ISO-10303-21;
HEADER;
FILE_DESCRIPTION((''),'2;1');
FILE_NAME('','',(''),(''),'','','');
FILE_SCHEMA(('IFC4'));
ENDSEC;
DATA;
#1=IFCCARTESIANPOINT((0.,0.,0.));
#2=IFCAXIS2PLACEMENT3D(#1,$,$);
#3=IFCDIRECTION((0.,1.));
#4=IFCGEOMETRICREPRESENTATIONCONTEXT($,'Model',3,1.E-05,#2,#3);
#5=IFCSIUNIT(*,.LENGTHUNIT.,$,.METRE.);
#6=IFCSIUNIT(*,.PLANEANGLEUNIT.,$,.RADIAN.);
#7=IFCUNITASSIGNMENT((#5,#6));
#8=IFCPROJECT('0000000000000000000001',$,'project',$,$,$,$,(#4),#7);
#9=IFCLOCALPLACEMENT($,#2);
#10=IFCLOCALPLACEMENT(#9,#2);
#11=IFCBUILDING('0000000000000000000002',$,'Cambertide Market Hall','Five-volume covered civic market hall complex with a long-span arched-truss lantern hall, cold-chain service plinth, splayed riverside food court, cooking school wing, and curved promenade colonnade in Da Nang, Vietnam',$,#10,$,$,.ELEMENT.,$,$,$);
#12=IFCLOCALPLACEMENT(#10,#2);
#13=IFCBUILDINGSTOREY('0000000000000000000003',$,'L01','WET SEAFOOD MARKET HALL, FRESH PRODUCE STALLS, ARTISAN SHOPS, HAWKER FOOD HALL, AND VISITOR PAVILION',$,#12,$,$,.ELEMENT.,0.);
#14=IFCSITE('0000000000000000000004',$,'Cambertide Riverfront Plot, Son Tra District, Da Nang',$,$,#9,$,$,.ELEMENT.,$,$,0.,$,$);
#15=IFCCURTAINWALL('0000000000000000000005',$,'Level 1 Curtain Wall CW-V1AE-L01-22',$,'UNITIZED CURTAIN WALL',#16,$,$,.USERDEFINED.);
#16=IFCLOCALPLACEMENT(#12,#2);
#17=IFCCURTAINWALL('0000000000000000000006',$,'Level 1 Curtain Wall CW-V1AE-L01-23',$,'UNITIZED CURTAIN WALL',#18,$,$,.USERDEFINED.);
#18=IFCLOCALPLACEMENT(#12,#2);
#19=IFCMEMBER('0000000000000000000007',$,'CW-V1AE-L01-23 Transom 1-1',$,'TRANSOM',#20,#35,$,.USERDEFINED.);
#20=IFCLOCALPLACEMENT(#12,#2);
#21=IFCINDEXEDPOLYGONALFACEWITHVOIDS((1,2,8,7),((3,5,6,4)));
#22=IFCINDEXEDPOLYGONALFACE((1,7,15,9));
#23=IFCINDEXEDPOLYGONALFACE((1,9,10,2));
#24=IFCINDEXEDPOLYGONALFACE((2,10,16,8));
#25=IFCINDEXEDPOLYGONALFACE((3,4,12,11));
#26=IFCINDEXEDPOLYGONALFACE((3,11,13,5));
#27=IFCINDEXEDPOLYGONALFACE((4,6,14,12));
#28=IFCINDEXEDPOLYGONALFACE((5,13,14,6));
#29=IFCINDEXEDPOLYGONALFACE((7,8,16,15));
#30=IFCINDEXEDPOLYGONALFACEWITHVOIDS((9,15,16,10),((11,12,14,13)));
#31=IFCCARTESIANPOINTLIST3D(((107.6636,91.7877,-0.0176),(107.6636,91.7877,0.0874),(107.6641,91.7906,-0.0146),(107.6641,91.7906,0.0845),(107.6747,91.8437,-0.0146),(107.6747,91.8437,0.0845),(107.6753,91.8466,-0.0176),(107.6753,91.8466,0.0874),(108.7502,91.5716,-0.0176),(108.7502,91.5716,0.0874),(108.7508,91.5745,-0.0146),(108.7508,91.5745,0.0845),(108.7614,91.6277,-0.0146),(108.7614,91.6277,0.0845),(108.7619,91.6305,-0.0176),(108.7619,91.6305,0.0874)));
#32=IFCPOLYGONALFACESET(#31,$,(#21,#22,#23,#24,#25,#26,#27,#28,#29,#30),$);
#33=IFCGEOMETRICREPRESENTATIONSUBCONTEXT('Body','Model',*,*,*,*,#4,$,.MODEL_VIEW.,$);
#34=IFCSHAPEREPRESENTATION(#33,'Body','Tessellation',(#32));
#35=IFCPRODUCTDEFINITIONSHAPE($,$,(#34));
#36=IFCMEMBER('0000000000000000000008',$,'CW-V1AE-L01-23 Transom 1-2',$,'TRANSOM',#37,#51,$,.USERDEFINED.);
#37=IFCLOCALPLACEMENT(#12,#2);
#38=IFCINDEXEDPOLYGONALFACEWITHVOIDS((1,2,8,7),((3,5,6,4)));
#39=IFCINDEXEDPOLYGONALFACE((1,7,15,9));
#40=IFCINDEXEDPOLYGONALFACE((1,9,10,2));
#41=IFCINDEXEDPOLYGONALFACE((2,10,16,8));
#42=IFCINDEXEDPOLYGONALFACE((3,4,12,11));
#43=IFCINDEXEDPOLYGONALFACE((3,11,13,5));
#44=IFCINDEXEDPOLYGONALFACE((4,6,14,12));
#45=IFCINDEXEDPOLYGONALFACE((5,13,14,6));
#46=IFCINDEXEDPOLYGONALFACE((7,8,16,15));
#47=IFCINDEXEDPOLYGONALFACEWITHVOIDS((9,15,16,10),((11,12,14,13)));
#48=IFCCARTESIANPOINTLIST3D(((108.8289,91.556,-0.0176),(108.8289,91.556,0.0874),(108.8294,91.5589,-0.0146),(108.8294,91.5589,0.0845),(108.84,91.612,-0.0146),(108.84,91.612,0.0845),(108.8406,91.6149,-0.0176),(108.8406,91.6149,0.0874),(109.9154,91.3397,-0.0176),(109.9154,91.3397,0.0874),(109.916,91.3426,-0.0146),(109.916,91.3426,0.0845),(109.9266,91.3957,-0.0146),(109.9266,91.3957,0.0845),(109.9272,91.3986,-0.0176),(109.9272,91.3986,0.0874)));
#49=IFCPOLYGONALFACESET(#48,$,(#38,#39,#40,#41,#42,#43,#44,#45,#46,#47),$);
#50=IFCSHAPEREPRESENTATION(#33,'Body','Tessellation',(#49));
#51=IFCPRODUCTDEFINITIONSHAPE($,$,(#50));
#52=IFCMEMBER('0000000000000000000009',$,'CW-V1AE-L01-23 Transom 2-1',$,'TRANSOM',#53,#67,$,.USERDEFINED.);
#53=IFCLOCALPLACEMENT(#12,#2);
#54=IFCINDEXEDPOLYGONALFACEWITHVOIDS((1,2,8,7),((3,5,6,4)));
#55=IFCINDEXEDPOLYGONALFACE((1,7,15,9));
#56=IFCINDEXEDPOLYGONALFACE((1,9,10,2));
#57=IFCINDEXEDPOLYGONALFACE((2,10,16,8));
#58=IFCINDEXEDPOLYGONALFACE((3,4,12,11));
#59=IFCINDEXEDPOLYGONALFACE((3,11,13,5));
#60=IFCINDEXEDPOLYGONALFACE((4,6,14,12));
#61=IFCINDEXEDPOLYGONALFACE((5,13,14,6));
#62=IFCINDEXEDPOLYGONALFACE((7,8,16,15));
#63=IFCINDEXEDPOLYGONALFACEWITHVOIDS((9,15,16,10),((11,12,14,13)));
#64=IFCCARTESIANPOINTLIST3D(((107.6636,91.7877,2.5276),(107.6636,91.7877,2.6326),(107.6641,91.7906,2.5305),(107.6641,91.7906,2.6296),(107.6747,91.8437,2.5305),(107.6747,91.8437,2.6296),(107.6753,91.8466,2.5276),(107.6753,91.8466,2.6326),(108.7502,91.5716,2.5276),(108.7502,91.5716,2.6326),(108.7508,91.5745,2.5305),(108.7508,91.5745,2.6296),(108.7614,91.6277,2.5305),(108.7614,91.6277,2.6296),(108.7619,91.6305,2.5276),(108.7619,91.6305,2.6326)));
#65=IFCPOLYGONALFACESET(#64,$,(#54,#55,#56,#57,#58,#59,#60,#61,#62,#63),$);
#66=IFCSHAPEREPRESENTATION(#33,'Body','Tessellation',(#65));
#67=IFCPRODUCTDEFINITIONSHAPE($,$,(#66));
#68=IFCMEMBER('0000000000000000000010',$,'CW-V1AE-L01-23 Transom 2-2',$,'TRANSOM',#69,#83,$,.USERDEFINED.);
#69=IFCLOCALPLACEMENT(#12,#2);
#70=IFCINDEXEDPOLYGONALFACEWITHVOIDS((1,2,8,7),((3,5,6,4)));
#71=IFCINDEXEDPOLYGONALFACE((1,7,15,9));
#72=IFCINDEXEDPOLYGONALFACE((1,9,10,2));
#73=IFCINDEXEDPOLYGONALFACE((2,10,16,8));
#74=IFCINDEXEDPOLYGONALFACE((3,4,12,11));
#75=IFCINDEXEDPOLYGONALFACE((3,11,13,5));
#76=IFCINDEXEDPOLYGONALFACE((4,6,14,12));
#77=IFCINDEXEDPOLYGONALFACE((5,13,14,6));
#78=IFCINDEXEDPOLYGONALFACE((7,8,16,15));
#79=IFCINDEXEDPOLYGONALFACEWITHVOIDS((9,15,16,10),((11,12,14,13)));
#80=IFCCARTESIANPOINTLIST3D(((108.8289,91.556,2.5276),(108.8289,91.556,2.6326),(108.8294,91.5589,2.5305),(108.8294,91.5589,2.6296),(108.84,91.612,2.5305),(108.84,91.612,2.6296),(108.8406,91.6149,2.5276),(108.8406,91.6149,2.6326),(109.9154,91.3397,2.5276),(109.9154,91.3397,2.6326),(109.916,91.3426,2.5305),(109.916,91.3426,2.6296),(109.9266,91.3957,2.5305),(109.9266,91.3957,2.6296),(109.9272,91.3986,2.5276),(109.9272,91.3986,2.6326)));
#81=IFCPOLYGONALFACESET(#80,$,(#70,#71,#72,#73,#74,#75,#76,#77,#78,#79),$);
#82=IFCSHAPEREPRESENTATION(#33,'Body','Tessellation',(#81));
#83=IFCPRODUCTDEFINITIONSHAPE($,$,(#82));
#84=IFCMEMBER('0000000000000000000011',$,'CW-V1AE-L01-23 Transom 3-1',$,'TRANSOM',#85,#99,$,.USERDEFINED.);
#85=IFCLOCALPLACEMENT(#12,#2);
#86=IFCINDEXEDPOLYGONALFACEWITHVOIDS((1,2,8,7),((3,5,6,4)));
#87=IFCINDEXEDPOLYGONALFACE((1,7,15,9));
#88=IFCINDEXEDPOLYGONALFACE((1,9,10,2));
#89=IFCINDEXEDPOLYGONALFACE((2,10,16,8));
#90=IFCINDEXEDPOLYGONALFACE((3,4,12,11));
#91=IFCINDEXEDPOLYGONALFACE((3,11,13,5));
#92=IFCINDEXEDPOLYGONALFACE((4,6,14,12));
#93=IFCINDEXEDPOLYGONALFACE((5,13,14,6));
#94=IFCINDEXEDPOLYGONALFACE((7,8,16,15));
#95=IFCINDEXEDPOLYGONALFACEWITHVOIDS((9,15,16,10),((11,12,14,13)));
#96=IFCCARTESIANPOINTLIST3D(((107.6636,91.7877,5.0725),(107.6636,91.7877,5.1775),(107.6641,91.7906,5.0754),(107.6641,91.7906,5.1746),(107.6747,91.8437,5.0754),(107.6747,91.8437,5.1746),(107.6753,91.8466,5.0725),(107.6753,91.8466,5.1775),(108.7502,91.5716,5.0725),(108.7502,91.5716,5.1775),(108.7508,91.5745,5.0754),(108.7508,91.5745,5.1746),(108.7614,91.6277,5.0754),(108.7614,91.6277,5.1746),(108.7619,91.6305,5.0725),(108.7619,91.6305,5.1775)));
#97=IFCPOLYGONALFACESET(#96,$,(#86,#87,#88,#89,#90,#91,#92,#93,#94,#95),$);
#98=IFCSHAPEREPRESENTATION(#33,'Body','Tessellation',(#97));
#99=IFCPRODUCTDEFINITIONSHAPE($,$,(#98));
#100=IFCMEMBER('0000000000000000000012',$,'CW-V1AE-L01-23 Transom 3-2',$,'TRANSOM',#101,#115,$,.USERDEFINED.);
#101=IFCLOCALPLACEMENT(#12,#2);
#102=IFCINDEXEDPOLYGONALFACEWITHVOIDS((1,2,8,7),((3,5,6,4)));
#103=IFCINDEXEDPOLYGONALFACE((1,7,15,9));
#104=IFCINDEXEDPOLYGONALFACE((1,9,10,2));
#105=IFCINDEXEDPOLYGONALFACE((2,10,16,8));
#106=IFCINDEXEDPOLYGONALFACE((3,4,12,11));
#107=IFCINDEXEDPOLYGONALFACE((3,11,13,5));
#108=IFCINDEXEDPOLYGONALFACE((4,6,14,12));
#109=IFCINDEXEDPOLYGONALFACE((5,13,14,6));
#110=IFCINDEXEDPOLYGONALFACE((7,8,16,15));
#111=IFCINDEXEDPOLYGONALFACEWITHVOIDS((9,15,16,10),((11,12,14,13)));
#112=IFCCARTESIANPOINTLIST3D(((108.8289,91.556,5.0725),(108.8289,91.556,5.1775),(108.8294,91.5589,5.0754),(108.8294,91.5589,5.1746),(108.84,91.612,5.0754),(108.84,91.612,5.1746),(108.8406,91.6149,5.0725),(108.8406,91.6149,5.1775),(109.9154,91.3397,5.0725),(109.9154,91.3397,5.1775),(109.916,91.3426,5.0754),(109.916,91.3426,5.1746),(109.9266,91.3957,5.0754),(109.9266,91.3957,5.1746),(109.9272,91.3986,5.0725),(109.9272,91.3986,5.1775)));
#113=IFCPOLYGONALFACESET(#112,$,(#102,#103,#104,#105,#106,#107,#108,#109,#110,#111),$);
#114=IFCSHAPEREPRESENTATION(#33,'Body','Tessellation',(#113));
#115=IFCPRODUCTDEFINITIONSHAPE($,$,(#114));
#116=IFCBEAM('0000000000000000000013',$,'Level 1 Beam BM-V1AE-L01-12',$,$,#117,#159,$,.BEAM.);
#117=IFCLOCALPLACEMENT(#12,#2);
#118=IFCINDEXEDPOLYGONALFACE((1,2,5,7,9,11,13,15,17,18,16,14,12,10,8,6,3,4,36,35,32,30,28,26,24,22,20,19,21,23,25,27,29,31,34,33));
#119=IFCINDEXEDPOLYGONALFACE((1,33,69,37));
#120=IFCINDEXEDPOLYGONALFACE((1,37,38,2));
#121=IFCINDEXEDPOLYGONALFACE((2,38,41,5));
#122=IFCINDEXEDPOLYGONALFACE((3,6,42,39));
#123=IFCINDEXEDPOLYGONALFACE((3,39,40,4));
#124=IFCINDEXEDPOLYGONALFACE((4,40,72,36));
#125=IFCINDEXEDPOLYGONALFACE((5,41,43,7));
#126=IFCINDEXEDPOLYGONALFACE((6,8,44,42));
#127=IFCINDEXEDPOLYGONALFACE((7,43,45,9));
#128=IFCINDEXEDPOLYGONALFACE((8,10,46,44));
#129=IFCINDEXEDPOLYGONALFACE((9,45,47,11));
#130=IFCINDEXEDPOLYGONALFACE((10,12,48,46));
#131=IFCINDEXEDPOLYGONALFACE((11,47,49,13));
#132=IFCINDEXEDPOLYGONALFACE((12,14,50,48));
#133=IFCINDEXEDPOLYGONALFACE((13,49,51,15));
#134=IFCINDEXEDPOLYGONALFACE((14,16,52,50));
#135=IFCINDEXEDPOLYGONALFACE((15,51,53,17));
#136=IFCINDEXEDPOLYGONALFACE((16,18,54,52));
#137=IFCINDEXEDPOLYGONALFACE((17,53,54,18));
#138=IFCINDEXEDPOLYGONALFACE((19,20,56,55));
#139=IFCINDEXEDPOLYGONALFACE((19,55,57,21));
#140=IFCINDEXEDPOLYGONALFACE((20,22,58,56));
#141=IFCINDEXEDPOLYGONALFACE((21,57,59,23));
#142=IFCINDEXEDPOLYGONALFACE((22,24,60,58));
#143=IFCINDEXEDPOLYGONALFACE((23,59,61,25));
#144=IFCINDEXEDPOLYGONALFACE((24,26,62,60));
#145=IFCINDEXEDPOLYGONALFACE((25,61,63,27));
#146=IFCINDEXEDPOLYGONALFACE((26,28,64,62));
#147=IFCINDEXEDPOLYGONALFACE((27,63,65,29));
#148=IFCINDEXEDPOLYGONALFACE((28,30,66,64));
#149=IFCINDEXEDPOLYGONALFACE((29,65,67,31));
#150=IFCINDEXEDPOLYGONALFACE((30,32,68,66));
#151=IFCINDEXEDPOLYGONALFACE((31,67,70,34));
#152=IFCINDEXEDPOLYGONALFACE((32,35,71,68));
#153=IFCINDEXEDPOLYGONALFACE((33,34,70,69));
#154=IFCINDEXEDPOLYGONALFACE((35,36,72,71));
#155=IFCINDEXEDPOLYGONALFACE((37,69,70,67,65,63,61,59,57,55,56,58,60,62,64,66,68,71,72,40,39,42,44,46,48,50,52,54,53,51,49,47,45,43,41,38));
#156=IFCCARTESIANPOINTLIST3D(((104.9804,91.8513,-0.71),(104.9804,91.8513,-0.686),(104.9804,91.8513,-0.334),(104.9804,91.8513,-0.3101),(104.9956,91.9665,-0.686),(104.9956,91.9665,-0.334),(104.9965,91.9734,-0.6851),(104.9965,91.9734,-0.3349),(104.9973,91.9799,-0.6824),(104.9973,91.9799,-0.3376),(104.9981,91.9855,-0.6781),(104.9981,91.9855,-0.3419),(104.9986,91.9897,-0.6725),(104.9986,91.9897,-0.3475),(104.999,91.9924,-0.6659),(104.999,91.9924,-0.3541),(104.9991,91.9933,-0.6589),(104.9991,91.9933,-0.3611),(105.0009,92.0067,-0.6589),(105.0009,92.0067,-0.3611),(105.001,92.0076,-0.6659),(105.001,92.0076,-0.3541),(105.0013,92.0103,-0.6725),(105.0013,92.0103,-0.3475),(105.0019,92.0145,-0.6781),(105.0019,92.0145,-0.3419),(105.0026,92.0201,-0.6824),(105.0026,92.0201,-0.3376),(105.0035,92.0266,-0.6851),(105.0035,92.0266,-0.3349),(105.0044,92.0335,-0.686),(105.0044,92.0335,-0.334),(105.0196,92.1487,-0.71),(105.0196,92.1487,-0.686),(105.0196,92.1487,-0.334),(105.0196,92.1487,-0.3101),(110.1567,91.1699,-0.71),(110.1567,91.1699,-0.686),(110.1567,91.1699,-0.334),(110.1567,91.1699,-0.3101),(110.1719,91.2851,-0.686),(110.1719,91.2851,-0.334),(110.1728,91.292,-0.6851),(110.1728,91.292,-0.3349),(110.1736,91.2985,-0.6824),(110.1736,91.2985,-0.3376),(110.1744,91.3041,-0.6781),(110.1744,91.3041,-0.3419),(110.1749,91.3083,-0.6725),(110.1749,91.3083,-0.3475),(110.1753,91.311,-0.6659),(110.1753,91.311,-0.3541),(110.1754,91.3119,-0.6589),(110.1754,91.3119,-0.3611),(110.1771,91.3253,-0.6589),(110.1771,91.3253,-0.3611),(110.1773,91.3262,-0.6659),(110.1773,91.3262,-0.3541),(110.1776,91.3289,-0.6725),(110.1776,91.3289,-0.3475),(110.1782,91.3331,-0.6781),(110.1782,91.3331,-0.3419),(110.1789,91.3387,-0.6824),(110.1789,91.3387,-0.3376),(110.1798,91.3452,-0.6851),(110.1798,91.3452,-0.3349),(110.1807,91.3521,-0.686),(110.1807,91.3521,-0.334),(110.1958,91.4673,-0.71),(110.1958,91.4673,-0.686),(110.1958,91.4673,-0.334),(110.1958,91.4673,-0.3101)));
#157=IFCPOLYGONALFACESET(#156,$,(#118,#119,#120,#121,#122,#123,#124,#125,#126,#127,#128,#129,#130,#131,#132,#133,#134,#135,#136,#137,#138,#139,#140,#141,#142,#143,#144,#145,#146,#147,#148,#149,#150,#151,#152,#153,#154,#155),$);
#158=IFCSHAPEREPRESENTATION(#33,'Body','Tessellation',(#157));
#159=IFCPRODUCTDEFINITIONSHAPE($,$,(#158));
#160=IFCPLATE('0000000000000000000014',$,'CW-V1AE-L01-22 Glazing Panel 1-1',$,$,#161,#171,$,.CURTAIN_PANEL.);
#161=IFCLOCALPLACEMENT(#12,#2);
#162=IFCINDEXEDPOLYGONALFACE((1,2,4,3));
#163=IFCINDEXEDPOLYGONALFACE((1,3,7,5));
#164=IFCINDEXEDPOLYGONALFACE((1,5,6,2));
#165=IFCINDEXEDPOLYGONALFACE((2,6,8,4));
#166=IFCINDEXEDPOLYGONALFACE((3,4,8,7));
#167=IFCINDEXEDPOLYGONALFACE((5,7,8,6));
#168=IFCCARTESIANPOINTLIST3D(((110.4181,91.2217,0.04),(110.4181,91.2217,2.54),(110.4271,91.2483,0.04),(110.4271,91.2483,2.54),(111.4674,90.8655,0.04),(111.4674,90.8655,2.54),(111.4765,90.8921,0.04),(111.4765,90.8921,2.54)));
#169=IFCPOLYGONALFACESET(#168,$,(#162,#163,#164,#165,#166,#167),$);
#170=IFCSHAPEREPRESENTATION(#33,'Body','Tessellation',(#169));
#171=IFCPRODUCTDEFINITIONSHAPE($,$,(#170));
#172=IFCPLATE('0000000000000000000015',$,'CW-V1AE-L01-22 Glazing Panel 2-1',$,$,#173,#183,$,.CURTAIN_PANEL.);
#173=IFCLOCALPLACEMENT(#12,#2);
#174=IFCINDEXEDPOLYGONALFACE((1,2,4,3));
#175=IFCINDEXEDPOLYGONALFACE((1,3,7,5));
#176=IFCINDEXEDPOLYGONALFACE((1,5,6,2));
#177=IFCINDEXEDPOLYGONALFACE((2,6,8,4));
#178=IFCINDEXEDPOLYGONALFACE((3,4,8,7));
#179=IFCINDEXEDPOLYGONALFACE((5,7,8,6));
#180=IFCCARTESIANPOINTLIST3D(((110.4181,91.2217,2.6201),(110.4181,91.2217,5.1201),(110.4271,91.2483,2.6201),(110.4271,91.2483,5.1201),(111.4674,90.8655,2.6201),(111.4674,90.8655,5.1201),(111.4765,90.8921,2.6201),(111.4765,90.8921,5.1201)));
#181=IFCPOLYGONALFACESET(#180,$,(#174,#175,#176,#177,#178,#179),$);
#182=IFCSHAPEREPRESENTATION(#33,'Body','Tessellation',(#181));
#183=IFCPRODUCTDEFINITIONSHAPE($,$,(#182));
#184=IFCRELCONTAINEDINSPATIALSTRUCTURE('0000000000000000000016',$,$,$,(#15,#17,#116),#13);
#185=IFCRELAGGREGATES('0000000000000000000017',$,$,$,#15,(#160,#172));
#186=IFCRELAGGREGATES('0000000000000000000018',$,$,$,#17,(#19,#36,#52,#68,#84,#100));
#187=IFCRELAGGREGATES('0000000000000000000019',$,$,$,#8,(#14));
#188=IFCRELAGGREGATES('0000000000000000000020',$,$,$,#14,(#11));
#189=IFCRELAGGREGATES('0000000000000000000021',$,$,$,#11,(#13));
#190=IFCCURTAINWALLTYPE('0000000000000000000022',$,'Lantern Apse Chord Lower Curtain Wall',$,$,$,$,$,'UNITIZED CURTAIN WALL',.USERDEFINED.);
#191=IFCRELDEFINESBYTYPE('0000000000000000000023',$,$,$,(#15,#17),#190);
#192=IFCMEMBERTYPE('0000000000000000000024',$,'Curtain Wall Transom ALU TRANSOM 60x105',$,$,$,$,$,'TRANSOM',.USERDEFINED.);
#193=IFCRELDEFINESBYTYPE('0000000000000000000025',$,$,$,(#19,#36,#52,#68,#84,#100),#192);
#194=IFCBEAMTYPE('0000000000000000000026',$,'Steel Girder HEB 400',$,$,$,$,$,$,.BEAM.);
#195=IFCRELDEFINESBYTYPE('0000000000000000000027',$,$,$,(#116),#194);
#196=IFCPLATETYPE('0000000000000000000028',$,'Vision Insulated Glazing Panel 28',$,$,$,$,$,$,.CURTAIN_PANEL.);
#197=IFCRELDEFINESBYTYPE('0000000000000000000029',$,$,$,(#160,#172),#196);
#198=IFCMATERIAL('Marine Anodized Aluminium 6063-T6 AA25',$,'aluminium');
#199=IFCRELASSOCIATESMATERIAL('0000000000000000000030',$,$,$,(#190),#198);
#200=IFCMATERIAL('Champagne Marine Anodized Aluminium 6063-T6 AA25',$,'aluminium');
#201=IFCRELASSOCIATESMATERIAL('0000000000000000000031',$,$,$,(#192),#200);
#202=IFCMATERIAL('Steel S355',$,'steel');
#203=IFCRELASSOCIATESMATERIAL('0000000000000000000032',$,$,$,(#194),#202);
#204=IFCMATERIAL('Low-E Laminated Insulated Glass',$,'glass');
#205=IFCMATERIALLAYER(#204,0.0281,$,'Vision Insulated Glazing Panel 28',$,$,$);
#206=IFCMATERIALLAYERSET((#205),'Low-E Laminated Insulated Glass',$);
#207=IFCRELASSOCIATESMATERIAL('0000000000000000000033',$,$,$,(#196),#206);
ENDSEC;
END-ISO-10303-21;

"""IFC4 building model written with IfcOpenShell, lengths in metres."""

from ifc_helpers import new_model, si_unit, direction, frame, origin, origin_2d, place, context, subcontext, project, spatial, rectangle, hollow_rectangle, i_section, extrude, material, layer, layer_set, material_profile, profile_set, type_object, element, aggregate, save


model = new_model("IFC4")

# Units and contexts
model_context = context("Model", 3, precision=1e-05, world=origin(), true_north=direction((0.0, 1.0)))
body_context = subcontext(model_context, "Body", "Model", "MODEL_VIEW")
ifc_project = project(units=[si_unit("LENGTHUNIT", "METRE"), si_unit("PLANEANGLEUNIT", "RADIAN")], contexts=[model_context])

# Site, building, storey
site_placement = place(None, origin())
site = spatial("IfcSite", under=ifc_project, at=site_placement, Name="Cambertide Riverfront Plot, Son Tra District, Da Nang", CompositionType="ELEMENT", RefElevation=0.0)
building_placement = place(site_placement, origin())
building = spatial("IfcBuilding", under=site, at=building_placement, Name="Cambertide Market Hall", Description="Five-volume covered civic market hall complex with a long-span arched-truss lantern hall, cold-chain service plinth, splayed riverside food court, cooking school wing, and curved promenade colonnade in Da Nang, Vietnam", CompositionType="ELEMENT")
storey_placement = place(building_placement, origin())
storey = spatial("IfcBuildingStorey", under=building, at=storey_placement, Name="L01", Description="WET SEAFOOD MARKET HALL, FRESH PRODUCE STALLS, ARTISAN SHOPS, HAWKER FOOD HALL, AND VISITOR PAVILION", CompositionType="ELEMENT", Elevation=0.0)

# Curtain wall
ifc_material_1 = material(Name="Marine Anodized Aluminium 6063-T6 AA25", Category="aluminium")
curtain_wall_type = type_object("IfcCurtainWallType", Name="Lantern Apse Chord Lower Curtain Wall", ElementType="UNITIZED CURTAIN WALL", PredefinedType="USERDEFINED", material=ifc_material_1)
curtain_wall_1_placement = place(storey_placement, origin())
curtain_wall_1 = element("IfcCurtainWall", 1, at=curtain_wall_1_placement, inside=storey, type_object=curtain_wall_type, Name="Level 1 Curtain Wall CW-V1AE-L01-22", ObjectType="UNITIZED CURTAIN WALL", PredefinedType="USERDEFINED")

# Curtain wall
curtain_wall_2_placement = place(storey_placement, origin())
curtain_wall_2 = element("IfcCurtainWall", 2, at=curtain_wall_2_placement, inside=storey, type_object=curtain_wall_type, Name="Level 1 Curtain Wall CW-V1AE-L01-23", ObjectType="UNITIZED CURTAIN WALL", PredefinedType="USERDEFINED")

# Members
ifc_material_2 = material(Name="Champagne Marine Anodized Aluminium 6063-T6 AA25", Category="aluminium")
ifc_material_profile_1 = material_profile(ifc_material_2, hollow_rectangle(XDim=0.0601, YDim=0.105, WallThickness=0.0029, at=origin_2d()), Name="ALU TRANSOM 60x105")
ifc_profile_set_1 = profile_set([ifc_material_profile_1], Name="Champagne Marine Anodized Aluminium 6063-T6 AA25")
member_type_1 = type_object("IfcMemberType", Name="Curtain Wall Transom ALU TRANSOM 60x105", ElementType="TRANSOM", PredefinedType="USERDEFINED", material=ifc_profile_set_1)
member_1_placement = place(storey_placement, frame((107.6694, 91.8171, 0.0349), z_axis=(0.9808, -0.195014, 0.0), x_axis=(0.195014, 0.9808, 0.0)))
member_1 = element("IfcMember", 3, at=member_1_placement, type_object=member_type_1, Name="CW-V1AE-L01-23 Transom 1-1", ObjectType="TRANSOM", PredefinedType="USERDEFINED", context=body_context, shape_type="SweptSolid", body=[
    extrude(hollow_rectangle(XDim=0.0601, YDim=0.105, WallThickness=0.0029, at=origin_2d()), origin(), (0.0, 0.0, 1.0), 1.1079),
])
member_2_placement = place(storey_placement, frame((108.8347, 91.5854, 0.0349), z_axis=(0.980758, -0.195226, 0.0), x_axis=(0.195226, 0.980758, 0.0)))
member_2 = element("IfcMember", 4, at=member_2_placement, type_object=member_type_1, Name="CW-V1AE-L01-23 Transom 1-2", ObjectType="TRANSOM", PredefinedType="USERDEFINED", context=body_context, shape_type="SweptSolid", body=[
    extrude(hollow_rectangle(XDim=0.0601, YDim=0.105, WallThickness=0.0029, at=origin_2d()), origin(), (0.0, 0.0, 1.0), 1.1079),
])
member_3_placement = place(storey_placement, frame((107.6694, 91.8171, 2.5801), z_axis=(0.9808, -0.195014, 0.0), x_axis=(0.195014, 0.9808, 0.0)))
member_3 = element("IfcMember", 5, at=member_3_placement, type_object=member_type_1, Name="CW-V1AE-L01-23 Transom 2-1", ObjectType="TRANSOM", PredefinedType="USERDEFINED", context=body_context, shape_type="SweptSolid", body=[
    extrude(hollow_rectangle(XDim=0.0601, YDim=0.105, WallThickness=0.0029, at=origin_2d()), origin(), (0.0, 0.0, 1.0), 1.1079),
])
member_4_placement = place(storey_placement, frame((108.8347, 91.5854, 2.5801), z_axis=(0.980758, -0.195226, 0.0), x_axis=(0.195226, 0.980758, 0.0)))
member_4 = element("IfcMember", 6, at=member_4_placement, type_object=member_type_1, Name="CW-V1AE-L01-23 Transom 2-2", ObjectType="TRANSOM", PredefinedType="USERDEFINED", context=body_context, shape_type="SweptSolid", body=[
    extrude(hollow_rectangle(XDim=0.0601, YDim=0.105, WallThickness=0.0029, at=origin_2d()), origin(), (0.0, 0.0, 1.0), 1.1079),
])
member_5_placement = place(storey_placement, frame((107.6694, 91.8171, 5.125), z_axis=(0.9808, -0.195014, 0.0), x_axis=(0.195014, 0.9808, 0.0)))
member_5 = element("IfcMember", 7, at=member_5_placement, type_object=member_type_1, Name="CW-V1AE-L01-23 Transom 3-1", ObjectType="TRANSOM", PredefinedType="USERDEFINED", context=body_context, shape_type="SweptSolid", body=[
    extrude(hollow_rectangle(XDim=0.0601, YDim=0.105, WallThickness=0.0029, at=origin_2d()), origin(), (0.0, 0.0, 1.0), 1.1079),
])
member_6_placement = place(storey_placement, frame((108.8347, 91.5854, 5.125), z_axis=(0.980758, -0.195226, 0.0), x_axis=(0.195226, 0.980758, 0.0)))
member_6 = element("IfcMember", 8, at=member_6_placement, type_object=member_type_1, Name="CW-V1AE-L01-23 Transom 3-2", ObjectType="TRANSOM", PredefinedType="USERDEFINED", context=body_context, shape_type="SweptSolid", body=[
    extrude(hollow_rectangle(XDim=0.0601, YDim=0.105, WallThickness=0.0029, at=origin_2d()), origin(), (0.0, 0.0, 1.0), 1.1079),
])

# Beam
ifc_material_3 = material(Name="Steel S355", Category="steel")
ifc_material_profile_2 = material_profile(ifc_material_3, i_section(OverallWidth=0.3, OverallDepth=0.3999, WebThickness=0.0134, FlangeThickness=0.0239, FilletRadius=0.0271, at=origin_2d()), Name="HEB 400")
ifc_profile_set_2 = profile_set([ifc_material_profile_2], Name="Steel S355")
beam_type = type_object("IfcBeamType", Name="Steel Girder HEB 400", PredefinedType="BEAM", material=ifc_profile_set_2)
beam_placement = place(storey_placement, frame((110.1763, 91.3186, -0.51), z_axis=(-0.991447, 0.130513, 0.0), x_axis=(-0.130513, -0.991447, 0.0)))
element("IfcBeam", 9, at=beam_placement, inside=storey, type_object=beam_type, Name="Level 1 Beam BM-V1AE-L01-12", PredefinedType="BEAM", context=body_context, shape_type="SweptSolid", body=[
    extrude(i_section(OverallWidth=0.3, OverallDepth=0.3999, WebThickness=0.0134, FlangeThickness=0.0239, FilletRadius=0.0271, at=origin_2d()), origin(), (0.0, 0.0, 1.0), 5.2209),
])

# Plates
ifc_material_4 = material(Name="Low-E Laminated Insulated Glass", Category="glass")
ifc_layer_1 = layer(ifc_material_4, 0.0281, Name="Vision Insulated Glazing Panel 28")
ifc_layer_set_1 = layer_set([ifc_layer_1], Name="Low-E Laminated Insulated Glass")
plate_type = type_object("IfcPlateType", Name="Vision Insulated Glazing Panel 28", PredefinedType="CURTAIN_PANEL", material=ifc_layer_set_1)
plate_1_placement = place(storey_placement, frame((110.9473, 91.0569, 0.04), z_axis=(0.0, 0.0, 1.0), x_axis=(0.94693, -0.321439, 0.0)))
plate_1 = element("IfcPlate", 10, at=plate_1_placement, type_object=plate_type, Name="CW-V1AE-L01-22 Glazing Panel 1-1", PredefinedType="CURTAIN_PANEL", context=body_context, shape_type="SweptSolid", body=[
    extrude(rectangle(XDim=1.1082, YDim=0.0281, at=origin_2d()), origin(), (0.0, 0.0, 1.0), 2.5),
])
plate_2_placement = place(storey_placement, frame((110.9473, 91.0569, 2.6201), z_axis=(0.0, 0.0, 1.0), x_axis=(0.94693, -0.321439, 0.0)))
plate_2 = element("IfcPlate", 11, at=plate_2_placement, type_object=plate_type, Name="CW-V1AE-L01-22 Glazing Panel 2-1", PredefinedType="CURTAIN_PANEL", context=body_context, shape_type="SweptSolid", body=[
    extrude(rectangle(XDim=1.1082, YDim=0.0281, at=origin_2d()), origin(), (0.0, 0.0, 1.0), 2.5),
])
aggregate(curtain_wall_1, [plate_1, plate_2])
aggregate(curtain_wall_2, [member_1, member_2, member_3, member_4, member_5, member_6])

save(model, "model.ifc")
